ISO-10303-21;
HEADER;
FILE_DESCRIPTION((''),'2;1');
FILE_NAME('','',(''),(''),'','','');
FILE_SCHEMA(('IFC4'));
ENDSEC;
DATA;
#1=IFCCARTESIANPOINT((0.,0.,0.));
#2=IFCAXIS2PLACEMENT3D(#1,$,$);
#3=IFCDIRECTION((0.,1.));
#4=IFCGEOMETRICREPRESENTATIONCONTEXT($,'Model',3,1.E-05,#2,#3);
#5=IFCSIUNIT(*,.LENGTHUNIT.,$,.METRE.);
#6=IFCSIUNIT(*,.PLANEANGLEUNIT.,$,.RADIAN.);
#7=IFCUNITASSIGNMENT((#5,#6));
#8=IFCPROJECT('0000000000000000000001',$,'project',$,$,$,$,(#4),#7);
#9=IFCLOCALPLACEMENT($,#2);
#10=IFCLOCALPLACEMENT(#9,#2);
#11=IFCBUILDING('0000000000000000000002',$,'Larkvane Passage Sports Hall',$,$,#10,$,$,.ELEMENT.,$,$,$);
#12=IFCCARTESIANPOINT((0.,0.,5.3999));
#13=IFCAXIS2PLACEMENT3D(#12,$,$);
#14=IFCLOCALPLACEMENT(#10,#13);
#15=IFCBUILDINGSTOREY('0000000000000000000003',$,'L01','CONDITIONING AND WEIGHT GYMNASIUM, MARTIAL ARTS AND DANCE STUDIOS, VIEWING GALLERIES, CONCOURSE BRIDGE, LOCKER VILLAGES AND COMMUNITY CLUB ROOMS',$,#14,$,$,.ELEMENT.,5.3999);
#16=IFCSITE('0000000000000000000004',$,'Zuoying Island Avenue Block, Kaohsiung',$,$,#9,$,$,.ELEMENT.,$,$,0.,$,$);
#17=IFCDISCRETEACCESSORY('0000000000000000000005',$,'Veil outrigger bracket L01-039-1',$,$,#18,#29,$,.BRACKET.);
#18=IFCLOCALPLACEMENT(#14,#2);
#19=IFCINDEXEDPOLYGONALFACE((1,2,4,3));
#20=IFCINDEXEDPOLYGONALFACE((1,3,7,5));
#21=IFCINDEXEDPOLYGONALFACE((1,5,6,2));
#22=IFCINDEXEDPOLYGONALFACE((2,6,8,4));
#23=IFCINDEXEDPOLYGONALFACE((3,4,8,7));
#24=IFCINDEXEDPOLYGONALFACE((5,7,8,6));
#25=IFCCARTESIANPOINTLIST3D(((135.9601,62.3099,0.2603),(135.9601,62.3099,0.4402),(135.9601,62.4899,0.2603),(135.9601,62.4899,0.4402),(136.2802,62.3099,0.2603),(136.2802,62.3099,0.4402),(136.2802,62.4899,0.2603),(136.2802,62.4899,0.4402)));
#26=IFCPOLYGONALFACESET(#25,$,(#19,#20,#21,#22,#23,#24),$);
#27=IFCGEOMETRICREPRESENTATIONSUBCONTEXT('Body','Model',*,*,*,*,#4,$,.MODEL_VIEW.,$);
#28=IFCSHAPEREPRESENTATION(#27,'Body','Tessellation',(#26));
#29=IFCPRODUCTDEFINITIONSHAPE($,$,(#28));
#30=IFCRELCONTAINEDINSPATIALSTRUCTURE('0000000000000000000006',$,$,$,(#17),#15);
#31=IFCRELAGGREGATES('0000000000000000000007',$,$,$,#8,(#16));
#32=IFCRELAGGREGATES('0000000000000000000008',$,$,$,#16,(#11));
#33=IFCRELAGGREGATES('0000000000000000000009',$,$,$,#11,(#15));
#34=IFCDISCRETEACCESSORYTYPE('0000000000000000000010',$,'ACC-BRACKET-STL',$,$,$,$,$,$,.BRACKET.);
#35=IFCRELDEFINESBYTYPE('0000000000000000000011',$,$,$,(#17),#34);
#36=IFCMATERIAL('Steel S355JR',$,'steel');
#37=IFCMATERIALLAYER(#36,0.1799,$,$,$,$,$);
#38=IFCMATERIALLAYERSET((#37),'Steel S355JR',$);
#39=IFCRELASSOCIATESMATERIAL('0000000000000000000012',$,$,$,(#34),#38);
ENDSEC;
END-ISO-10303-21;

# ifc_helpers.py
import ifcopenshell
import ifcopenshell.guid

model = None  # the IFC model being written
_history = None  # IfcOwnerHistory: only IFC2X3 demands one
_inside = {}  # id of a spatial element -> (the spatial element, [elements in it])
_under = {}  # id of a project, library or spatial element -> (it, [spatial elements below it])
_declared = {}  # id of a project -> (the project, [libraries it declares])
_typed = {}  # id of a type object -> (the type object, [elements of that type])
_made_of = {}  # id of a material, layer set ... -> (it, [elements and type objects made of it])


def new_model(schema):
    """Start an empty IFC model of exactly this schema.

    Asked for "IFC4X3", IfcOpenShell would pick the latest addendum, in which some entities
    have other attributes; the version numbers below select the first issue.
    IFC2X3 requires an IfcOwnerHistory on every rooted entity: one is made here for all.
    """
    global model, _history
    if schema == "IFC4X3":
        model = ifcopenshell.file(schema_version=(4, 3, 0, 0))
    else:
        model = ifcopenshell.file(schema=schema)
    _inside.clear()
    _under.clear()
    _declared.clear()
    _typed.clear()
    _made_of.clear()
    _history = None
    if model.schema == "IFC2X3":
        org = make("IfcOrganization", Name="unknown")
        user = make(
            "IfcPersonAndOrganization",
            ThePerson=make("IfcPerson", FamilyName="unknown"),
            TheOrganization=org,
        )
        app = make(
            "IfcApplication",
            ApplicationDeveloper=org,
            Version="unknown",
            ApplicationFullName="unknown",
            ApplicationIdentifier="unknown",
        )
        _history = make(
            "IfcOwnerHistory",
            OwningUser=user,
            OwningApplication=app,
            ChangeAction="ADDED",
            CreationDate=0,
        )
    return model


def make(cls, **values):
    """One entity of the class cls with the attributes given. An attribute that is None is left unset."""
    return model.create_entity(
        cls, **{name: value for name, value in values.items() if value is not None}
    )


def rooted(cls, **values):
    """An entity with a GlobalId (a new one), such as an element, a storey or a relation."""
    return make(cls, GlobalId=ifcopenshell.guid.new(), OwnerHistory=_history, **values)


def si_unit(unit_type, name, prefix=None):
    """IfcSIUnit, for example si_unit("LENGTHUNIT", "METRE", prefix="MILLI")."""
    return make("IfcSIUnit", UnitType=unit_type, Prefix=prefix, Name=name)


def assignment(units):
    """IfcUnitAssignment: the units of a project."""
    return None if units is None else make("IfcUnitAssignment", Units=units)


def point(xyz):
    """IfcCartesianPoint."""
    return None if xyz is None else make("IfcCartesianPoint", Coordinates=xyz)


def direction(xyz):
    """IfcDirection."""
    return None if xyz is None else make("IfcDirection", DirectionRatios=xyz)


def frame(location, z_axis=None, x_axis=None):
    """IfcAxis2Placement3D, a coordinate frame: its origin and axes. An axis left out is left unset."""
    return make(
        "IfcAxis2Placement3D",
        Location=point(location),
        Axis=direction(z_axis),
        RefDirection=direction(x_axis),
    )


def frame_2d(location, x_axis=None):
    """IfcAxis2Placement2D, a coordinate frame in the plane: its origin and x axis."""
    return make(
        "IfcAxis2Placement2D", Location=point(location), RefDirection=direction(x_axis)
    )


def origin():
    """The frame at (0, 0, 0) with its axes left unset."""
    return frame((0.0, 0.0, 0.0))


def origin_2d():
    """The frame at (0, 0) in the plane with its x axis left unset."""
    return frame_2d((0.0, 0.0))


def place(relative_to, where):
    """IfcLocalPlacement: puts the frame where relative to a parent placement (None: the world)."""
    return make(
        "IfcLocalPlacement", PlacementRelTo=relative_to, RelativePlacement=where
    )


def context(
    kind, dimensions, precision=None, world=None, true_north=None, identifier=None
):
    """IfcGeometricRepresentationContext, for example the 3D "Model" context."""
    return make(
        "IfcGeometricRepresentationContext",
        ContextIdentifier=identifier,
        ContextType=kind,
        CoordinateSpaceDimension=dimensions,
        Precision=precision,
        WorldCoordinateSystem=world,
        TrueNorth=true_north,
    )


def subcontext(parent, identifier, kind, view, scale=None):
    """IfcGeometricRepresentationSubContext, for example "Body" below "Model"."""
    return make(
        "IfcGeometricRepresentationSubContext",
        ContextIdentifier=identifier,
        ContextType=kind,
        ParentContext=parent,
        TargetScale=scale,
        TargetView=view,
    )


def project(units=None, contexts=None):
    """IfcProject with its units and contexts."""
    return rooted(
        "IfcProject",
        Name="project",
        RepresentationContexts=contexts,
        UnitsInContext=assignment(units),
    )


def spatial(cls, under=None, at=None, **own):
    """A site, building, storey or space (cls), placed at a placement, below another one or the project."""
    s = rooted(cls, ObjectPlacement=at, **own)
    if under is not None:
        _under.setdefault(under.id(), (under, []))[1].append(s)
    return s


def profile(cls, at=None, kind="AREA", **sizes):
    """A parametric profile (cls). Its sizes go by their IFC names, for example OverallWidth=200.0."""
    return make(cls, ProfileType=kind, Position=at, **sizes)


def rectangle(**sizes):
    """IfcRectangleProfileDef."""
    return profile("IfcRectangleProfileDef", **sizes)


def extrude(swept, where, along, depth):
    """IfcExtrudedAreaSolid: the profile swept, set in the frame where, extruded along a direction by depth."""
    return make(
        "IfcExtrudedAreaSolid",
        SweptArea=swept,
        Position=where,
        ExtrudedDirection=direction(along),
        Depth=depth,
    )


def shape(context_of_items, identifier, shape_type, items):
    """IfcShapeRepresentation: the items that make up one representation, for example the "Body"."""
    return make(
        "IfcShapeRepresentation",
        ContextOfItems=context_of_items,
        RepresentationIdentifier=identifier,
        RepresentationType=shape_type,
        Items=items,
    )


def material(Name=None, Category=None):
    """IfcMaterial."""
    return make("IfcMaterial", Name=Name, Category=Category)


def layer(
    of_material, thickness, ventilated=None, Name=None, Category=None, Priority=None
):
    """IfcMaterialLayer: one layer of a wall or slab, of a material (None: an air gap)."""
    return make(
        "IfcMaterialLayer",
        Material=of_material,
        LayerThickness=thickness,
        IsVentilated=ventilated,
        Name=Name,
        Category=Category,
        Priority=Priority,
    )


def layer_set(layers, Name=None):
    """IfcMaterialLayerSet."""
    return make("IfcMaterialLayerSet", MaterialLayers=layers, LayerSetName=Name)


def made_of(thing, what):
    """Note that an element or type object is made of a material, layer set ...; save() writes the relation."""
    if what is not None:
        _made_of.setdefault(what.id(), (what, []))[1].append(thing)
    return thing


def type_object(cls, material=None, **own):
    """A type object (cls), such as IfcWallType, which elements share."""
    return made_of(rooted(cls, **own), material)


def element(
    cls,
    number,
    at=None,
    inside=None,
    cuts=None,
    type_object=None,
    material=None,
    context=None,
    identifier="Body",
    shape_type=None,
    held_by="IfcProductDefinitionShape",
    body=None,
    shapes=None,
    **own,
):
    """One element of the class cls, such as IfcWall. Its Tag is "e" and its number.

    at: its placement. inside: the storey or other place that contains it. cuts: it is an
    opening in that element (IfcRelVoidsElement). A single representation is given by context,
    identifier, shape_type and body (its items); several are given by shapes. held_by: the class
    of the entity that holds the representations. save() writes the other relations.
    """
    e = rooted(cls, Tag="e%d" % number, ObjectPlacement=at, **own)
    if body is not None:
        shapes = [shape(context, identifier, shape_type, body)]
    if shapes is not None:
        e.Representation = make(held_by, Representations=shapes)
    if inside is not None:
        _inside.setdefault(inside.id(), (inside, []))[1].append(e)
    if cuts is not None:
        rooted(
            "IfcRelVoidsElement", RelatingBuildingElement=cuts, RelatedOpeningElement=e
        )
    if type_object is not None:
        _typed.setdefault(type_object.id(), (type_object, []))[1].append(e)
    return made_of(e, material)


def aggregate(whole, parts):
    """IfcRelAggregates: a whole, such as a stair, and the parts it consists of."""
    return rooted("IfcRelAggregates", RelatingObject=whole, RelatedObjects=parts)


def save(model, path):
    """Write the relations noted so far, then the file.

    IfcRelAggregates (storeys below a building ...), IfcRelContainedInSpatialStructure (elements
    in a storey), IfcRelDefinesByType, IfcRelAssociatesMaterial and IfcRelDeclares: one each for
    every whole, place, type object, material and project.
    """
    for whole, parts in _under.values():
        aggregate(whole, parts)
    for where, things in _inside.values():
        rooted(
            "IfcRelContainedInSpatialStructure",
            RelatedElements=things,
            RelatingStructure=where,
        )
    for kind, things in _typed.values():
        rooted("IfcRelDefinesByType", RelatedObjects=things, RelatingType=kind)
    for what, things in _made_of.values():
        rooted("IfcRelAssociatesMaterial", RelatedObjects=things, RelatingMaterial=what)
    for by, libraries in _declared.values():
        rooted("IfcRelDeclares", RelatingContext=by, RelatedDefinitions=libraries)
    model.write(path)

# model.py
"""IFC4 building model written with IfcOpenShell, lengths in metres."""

from ifc_helpers import new_model, si_unit, direction, frame, origin, origin_2d, place, context, subcontext, project, spatial, rectangle, extrude, material, layer, layer_set, type_object, element, save


model = new_model("IFC4")

# Units and contexts
model_context = context("Model", 3, precision=1e-05, world=origin(), true_north=direction((0.0, 1.0)))
body_context = subcontext(model_context, "Body", "Model", "MODEL_VIEW")
ifc_project = project(units=[si_unit("LENGTHUNIT", "METRE"), si_unit("PLANEANGLEUNIT", "RADIAN")], contexts=[model_context])

# Site, building, storey
site_placement = place(None, origin())
site = spatial("IfcSite", under=ifc_project, at=site_placement, Name="Zuoying Island Avenue Block, Kaohsiung", CompositionType="ELEMENT", RefElevation=0.0)
building_placement = place(site_placement, origin())
building = spatial("IfcBuilding", under=site, at=building_placement, Name="Larkvane Passage Sports Hall", CompositionType="ELEMENT")
storey_placement = place(building_placement, frame((0.0, 0.0, 5.3999)))
storey = spatial("IfcBuildingStorey", under=building, at=storey_placement, Name="L01", Description="CONDITIONING AND WEIGHT GYMNASIUM, MARTIAL ARTS AND DANCE STUDIOS, VIEWING GALLERIES, CONCOURSE BRIDGE, LOCKER VILLAGES AND COMMUNITY CLUB ROOMS", CompositionType="ELEMENT", Elevation=5.3999)

# Discrete accessory
ifc_material_1 = material(Name="Steel S355JR", Category="steel")
ifc_layer_1 = layer(ifc_material_1, 0.1799)
ifc_layer_set_1 = layer_set([ifc_layer_1], Name="Steel S355JR")
discrete_accessory_type = type_object("IfcDiscreteAccessoryType", Name="ACC-BRACKET-STL", PredefinedType="BRACKET", material=ifc_layer_set_1)
discrete_accessory_placement = place(storey_placement, frame((136.1201, 62.3999, 0.2603), z_axis=(0.0, 0.0, 1.0), x_axis=(0.0, -1.0, 0.0)))
element("IfcDiscreteAccessory", 1, at=discrete_accessory_placement, inside=storey, type_object=discrete_accessory_type, Name="Veil outrigger bracket L01-039-1", PredefinedType="BRACKET", context=body_context, shape_type="SweptSolid", body=[
    extrude(rectangle(XDim=0.1799, YDim=0.3201, at=origin_2d()), origin(), (0.0, 0.0, 1.0), 0.1799),
])

save(model, "model.ifc")
